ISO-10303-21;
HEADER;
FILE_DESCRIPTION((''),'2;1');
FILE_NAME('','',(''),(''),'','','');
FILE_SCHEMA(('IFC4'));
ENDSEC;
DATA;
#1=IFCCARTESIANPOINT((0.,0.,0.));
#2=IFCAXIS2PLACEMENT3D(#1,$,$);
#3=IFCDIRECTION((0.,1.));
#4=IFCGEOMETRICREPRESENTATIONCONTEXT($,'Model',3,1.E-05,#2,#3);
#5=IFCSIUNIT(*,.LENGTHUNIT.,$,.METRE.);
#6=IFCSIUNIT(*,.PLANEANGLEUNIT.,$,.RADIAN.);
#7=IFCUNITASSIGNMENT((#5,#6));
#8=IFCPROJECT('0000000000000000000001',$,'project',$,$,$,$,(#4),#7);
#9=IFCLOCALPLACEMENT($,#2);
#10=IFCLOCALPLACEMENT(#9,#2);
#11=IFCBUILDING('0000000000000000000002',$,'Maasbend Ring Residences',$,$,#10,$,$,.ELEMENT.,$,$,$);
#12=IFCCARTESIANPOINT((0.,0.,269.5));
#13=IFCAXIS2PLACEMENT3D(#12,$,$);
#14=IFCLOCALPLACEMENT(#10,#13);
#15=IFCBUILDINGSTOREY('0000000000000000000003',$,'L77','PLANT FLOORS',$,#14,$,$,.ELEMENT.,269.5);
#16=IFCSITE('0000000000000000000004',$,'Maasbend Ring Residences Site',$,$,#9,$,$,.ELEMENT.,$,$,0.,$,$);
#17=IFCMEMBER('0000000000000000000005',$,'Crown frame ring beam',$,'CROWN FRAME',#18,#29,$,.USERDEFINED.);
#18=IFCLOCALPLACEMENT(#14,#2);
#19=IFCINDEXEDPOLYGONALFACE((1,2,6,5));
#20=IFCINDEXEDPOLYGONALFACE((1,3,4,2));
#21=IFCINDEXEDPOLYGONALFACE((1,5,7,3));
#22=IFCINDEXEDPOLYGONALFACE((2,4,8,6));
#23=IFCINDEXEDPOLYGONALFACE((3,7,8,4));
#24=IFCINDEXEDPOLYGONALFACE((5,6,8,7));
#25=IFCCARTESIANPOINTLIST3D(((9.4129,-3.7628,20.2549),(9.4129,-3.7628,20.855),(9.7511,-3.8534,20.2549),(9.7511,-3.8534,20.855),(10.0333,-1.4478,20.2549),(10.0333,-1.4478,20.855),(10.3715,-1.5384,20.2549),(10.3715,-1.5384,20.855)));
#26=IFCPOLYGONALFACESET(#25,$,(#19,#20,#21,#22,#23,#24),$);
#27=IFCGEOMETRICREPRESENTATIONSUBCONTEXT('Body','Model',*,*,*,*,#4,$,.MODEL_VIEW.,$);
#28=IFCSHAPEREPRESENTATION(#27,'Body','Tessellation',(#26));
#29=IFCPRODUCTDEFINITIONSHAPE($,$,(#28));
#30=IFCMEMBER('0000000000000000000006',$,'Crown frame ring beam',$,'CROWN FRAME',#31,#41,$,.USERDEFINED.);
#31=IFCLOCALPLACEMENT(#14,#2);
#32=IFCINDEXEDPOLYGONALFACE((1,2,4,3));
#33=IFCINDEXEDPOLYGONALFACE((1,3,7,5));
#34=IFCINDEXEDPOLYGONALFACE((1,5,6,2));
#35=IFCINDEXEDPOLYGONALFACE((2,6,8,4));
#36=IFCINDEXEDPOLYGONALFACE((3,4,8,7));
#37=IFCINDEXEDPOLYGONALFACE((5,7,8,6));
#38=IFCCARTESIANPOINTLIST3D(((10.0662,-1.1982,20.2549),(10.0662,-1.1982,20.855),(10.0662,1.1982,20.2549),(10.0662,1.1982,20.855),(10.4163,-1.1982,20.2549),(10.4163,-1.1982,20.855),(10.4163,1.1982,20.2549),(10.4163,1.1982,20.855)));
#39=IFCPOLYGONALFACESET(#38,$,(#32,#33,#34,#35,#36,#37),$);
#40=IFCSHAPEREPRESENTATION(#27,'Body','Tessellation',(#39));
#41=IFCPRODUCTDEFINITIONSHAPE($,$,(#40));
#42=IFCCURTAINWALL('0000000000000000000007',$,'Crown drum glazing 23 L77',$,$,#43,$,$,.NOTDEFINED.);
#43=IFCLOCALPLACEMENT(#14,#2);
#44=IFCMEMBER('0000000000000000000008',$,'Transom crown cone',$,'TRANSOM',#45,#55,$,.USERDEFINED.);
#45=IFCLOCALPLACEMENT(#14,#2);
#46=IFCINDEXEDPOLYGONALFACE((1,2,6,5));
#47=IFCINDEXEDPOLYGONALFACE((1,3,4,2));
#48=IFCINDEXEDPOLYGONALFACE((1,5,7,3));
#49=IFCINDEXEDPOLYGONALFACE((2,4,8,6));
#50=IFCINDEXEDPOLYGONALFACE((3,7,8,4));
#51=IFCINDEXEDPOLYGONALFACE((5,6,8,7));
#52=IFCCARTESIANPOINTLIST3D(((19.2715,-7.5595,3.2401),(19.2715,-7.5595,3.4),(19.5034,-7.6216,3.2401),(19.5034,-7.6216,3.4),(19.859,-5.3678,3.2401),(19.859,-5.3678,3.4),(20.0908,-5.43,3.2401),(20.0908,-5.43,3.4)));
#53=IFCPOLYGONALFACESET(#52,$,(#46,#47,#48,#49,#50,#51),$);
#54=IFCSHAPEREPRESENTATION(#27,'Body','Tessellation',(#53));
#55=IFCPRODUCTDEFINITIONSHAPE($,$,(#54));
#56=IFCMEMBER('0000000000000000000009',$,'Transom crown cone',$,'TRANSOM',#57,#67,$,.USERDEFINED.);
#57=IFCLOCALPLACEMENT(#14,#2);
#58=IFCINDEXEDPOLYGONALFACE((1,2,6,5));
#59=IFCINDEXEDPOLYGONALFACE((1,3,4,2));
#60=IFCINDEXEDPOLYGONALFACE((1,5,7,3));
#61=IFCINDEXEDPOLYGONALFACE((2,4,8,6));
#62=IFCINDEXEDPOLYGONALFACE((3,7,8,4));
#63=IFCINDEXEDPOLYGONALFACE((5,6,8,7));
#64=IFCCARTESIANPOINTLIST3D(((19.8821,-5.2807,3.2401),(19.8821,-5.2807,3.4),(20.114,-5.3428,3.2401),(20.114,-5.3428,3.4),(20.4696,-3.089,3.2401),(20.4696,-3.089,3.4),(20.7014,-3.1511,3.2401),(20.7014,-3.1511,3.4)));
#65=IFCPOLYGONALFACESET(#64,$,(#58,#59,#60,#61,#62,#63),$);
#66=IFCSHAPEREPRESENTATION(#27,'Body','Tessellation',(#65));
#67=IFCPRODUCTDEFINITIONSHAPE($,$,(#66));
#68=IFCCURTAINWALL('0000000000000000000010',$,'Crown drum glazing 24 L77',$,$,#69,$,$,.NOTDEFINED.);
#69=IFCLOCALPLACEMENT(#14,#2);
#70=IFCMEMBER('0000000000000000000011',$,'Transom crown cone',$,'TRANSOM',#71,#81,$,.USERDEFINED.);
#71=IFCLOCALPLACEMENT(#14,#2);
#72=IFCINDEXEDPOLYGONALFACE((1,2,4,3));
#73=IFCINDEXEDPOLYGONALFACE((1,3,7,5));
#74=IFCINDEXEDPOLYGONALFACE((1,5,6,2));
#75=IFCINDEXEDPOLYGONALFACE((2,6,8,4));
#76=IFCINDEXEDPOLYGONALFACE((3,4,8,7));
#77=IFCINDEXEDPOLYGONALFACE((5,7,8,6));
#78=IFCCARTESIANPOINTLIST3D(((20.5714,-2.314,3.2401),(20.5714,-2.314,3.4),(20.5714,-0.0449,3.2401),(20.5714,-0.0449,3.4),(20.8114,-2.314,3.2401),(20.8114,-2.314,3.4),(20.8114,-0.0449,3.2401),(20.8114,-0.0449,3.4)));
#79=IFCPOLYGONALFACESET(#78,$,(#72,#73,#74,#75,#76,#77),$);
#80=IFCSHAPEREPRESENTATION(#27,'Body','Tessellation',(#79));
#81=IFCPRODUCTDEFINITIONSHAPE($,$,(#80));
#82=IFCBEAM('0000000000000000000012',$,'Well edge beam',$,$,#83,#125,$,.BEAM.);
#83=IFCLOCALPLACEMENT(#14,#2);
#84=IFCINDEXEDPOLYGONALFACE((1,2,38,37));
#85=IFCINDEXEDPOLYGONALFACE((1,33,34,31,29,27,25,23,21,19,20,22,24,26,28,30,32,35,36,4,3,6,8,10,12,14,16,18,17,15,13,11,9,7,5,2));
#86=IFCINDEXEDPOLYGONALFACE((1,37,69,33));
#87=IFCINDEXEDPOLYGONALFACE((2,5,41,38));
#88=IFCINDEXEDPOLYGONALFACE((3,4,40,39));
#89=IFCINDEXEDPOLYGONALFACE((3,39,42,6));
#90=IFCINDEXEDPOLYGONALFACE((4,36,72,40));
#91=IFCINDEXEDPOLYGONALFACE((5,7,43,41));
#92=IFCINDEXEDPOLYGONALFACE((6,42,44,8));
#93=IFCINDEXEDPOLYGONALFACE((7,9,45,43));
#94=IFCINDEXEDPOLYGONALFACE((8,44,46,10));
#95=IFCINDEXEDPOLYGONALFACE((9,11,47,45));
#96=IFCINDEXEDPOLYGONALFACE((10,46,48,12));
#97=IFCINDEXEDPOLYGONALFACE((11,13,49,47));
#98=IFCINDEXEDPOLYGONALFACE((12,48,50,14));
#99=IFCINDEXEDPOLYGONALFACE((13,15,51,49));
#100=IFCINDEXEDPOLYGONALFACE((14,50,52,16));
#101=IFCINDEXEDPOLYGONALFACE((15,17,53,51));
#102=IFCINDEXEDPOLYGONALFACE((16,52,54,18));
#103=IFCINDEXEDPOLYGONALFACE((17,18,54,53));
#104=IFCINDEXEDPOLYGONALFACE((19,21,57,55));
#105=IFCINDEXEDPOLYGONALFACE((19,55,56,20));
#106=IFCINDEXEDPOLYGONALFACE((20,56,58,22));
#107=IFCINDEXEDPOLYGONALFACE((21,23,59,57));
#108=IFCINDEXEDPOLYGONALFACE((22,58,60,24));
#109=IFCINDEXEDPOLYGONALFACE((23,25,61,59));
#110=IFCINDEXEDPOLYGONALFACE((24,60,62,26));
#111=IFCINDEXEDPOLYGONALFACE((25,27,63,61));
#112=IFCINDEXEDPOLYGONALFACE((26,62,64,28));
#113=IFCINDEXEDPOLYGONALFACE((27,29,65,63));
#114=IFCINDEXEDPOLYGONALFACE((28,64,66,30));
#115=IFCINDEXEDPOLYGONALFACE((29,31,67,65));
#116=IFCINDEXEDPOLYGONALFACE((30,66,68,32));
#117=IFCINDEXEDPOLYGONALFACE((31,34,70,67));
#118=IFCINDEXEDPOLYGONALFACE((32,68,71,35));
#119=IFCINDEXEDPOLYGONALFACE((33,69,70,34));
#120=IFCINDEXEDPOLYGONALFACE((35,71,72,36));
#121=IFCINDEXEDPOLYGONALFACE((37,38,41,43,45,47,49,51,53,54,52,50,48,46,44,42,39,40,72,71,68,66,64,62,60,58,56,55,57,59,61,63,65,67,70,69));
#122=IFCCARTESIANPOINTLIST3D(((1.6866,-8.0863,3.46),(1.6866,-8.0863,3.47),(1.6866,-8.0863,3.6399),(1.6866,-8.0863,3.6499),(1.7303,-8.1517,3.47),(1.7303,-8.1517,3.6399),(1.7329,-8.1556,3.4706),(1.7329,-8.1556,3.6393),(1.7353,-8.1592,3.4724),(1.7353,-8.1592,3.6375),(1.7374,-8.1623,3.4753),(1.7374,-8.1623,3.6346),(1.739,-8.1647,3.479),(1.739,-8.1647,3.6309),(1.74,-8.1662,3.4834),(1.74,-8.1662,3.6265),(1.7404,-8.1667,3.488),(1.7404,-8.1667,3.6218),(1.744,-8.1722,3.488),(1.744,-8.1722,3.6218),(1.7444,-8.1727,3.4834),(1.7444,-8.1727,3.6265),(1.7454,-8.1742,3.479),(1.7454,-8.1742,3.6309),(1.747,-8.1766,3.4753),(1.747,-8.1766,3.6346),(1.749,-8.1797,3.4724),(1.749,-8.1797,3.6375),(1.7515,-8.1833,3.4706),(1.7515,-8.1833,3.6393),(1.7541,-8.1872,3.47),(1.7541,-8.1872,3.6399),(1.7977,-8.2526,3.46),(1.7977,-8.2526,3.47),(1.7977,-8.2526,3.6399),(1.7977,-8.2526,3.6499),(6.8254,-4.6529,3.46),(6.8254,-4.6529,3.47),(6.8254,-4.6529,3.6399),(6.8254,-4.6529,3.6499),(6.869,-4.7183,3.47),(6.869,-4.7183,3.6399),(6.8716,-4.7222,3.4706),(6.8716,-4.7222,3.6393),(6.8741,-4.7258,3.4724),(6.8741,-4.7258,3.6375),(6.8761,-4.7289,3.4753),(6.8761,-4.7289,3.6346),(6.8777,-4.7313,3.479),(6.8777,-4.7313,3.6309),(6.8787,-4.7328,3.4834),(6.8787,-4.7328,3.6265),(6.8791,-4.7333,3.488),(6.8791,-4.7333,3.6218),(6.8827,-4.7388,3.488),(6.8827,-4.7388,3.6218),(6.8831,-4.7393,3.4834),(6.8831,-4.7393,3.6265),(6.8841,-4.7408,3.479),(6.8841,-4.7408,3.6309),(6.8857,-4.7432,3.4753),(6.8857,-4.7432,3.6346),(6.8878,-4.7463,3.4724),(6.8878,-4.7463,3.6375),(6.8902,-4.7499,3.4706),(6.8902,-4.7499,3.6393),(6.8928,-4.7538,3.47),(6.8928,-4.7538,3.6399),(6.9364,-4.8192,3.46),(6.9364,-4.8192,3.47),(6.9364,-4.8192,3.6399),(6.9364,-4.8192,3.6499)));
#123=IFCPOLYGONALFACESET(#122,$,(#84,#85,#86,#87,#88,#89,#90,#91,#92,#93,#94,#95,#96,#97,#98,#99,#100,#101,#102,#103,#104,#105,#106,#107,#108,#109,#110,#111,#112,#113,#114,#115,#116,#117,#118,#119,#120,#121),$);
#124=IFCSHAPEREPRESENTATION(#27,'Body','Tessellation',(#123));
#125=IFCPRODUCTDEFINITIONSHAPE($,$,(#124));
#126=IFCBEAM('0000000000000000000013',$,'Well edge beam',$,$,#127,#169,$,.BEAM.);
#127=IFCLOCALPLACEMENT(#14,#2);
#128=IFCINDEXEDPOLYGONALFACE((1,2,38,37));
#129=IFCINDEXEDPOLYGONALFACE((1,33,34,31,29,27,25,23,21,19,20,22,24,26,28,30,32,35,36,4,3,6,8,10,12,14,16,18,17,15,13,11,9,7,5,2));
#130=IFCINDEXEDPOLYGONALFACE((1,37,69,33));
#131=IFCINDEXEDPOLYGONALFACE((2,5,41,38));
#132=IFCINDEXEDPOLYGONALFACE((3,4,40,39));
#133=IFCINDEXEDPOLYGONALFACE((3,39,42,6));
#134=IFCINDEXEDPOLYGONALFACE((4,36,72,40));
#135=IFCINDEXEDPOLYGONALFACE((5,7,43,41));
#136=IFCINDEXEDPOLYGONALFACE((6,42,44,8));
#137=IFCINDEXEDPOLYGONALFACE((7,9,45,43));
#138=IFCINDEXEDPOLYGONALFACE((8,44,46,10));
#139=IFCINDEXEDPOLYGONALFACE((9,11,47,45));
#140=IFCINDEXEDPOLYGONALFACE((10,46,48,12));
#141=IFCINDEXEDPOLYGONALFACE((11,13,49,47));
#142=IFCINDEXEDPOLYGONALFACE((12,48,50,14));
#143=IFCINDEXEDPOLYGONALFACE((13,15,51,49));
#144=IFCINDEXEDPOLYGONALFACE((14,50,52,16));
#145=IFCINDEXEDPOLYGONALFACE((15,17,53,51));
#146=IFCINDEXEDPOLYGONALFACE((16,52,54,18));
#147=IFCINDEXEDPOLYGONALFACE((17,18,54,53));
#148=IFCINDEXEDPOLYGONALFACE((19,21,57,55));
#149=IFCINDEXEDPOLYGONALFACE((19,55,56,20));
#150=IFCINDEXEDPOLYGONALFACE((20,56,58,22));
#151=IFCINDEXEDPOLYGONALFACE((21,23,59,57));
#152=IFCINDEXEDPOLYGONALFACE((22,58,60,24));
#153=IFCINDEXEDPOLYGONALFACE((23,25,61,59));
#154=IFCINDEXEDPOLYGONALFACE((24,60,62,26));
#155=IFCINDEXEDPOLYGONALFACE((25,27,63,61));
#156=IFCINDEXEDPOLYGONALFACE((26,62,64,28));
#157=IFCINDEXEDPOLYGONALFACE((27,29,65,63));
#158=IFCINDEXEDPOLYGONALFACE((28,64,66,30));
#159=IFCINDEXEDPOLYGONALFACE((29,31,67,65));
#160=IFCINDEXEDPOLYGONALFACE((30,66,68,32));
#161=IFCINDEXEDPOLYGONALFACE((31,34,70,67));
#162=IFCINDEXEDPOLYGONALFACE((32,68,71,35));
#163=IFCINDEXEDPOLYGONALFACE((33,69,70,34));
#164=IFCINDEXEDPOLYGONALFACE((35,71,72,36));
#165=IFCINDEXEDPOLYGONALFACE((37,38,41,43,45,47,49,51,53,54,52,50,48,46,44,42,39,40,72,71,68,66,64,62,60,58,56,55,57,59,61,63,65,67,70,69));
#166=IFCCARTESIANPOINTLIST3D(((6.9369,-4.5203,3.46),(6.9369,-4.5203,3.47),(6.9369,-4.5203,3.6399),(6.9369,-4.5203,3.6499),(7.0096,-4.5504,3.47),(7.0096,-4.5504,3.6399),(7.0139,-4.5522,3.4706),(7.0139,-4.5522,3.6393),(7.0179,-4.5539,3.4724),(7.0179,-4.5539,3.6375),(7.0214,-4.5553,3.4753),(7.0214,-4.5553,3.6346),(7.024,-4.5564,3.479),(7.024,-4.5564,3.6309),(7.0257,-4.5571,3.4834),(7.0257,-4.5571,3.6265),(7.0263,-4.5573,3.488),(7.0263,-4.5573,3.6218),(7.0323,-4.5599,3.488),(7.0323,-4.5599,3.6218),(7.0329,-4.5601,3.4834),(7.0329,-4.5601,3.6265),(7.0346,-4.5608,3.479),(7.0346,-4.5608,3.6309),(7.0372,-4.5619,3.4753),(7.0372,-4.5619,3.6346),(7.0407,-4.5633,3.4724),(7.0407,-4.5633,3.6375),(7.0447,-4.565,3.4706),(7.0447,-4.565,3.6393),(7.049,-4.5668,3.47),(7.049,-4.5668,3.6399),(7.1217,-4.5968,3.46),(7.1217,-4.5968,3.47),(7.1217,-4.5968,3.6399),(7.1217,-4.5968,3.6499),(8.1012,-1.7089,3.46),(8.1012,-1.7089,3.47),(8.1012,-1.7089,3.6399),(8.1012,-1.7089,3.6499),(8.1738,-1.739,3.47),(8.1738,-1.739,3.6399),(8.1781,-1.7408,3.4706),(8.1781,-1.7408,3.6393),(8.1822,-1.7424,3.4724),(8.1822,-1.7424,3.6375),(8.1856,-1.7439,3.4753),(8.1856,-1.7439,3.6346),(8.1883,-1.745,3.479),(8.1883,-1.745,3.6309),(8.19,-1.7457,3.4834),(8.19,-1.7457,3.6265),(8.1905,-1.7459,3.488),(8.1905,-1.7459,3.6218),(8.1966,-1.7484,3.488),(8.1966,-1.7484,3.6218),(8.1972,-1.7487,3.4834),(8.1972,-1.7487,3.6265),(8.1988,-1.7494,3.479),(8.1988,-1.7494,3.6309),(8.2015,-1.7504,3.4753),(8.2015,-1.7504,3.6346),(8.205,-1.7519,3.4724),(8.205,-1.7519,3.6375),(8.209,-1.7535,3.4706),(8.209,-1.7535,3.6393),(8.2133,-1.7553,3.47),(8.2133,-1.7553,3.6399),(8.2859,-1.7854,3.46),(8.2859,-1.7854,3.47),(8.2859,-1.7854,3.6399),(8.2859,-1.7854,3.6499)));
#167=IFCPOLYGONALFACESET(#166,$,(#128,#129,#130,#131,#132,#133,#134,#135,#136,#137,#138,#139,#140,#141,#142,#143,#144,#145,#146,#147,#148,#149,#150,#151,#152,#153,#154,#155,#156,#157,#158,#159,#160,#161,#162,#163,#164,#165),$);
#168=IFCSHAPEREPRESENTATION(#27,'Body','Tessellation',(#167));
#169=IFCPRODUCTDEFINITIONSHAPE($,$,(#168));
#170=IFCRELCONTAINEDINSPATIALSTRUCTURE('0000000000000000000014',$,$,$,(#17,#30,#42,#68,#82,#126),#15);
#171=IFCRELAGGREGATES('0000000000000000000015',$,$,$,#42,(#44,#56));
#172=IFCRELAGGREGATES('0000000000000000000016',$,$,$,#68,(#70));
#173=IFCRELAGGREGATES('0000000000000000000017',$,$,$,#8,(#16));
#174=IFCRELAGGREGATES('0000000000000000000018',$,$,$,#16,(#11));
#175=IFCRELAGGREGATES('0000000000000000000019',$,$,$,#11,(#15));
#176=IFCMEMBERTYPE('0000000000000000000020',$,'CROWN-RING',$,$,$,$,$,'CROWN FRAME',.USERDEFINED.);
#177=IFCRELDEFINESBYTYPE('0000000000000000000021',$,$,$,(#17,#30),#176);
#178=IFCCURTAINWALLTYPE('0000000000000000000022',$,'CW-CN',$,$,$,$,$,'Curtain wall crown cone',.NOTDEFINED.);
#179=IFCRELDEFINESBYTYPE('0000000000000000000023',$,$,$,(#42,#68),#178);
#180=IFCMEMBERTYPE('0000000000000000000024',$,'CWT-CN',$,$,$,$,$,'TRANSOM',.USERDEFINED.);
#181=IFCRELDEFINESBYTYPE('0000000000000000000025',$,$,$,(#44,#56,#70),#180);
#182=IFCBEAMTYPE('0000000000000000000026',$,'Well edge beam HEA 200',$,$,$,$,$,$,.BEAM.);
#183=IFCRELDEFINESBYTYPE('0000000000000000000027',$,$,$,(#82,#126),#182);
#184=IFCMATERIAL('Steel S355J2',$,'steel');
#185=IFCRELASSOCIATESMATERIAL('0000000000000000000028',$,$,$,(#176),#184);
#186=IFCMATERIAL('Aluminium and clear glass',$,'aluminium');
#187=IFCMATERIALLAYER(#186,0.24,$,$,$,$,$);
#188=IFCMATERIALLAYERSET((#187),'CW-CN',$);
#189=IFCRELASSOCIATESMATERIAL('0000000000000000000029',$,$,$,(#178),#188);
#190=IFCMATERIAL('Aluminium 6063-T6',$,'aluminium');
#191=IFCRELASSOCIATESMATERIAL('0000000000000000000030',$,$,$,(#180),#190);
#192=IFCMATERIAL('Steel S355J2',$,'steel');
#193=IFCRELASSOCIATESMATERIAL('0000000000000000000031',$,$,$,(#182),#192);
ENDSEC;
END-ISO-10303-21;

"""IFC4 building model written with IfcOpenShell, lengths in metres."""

from ifc_helpers import new_model, si_unit, direction, frame, origin, origin_2d, place, context, subcontext, project, spatial, rectangle, i_section, extrude, material, layer, layer_set, material_profile, profile_set, type_object, element, aggregate, save


model = new_model("IFC4")

# Units and contexts
model_context = context("Model", 3, precision=1e-05, world=origin(), true_north=direction((0.0, 1.0)))
body_context = subcontext(model_context, "Body", "Model", "MODEL_VIEW")
ifc_project = project(units=[si_unit("LENGTHUNIT", "METRE"), si_unit("PLANEANGLEUNIT", "RADIAN")], contexts=[model_context])

# Site, building, storey
site_placement = place(None, origin())
site = spatial("IfcSite", under=ifc_project, at=site_placement, Name="Maasbend Ring Residences Site", CompositionType="ELEMENT", RefElevation=0.0)
building_placement = place(site_placement, origin())
building = spatial("IfcBuilding", under=site, at=building_placement, Name="Maasbend Ring Residences", CompositionType="ELEMENT")
storey_placement = place(building_placement, frame((0.0, 0.0, 269.5)))
storey = spatial("IfcBuildingStorey", under=building, at=storey_placement, Name="L77", Description="PLANT FLOORS", CompositionType="ELEMENT", Elevation=269.5)

# Members
ifc_material_1 = material(Name="Steel S355J2", Category="steel")
ifc_material_profile_1 = material_profile(ifc_material_1, rectangle(XDim=0.3501, YDim=0.6001, at=origin_2d()), Name="Box 350x600x16")
ifc_profile_set_1 = profile_set([ifc_material_profile_1], Name="Steel S355J2")
member_type_1 = type_object("IfcMemberType", Name="CROWN-RING", ElementType="CROWN FRAME", PredefinedType="USERDEFINED", material=ifc_profile_set_1)
for number, where, z_axis, x_axis, name in (
    (1, (9.582, -3.8081, 20.5549), (0.258848, 0.965918, 0.0), (-0.965918, 0.258848, 0.0), "Crown frame ring beam"),
):
    element("IfcMember", number, at=place(storey_placement, frame(where, z_axis=z_axis, x_axis=x_axis)), inside=storey, type_object=member_type_1, Name=name, ObjectType="CROWN FRAME", PredefinedType="USERDEFINED", context=body_context, shape_type="SweptSolid", body=[
        extrude(rectangle(XDim=0.3501, YDim=0.6001, at=origin_2d()), origin(), (0.0, 0.0, 1.0), 2.3967),
    ])
member_1_placement = place(storey_placement, frame((10.2412, -1.1982, 20.5549), z_axis=(0.0, 1.0, 0.0), x_axis=(-1.0, 0.0, 0.0)))
element("IfcMember", 2, at=member_1_placement, inside=storey, type_object=member_type_1, Name="Crown frame ring beam", ObjectType="CROWN FRAME", PredefinedType="USERDEFINED", context=body_context, shape_type="SweptSolid", body=[
    extrude(rectangle(XDim=0.3501, YDim=0.6001, at=origin_2d()), origin(), (0.0, 0.0, 1.0), 2.3965),
])

# Curtain wall, members
ifc_material_2 = material(Name="Aluminium and clear glass", Category="aluminium")
ifc_layer_1 = layer(ifc_material_2, 0.24)
ifc_layer_set_1 = layer_set([ifc_layer_1], Name="CW-CN")
curtain_wall_type = type_object("IfcCurtainWallType", Name="CW-CN", ElementType="Curtain wall crown cone", PredefinedType="NOTDEFINED", material=ifc_layer_set_1)
curtain_wall_1_placement = place(storey_placement, origin())
curtain_wall_1 = element("IfcCurtainWall", 3, at=curtain_wall_1_placement, inside=storey, type_object=curtain_wall_type, Name="Crown drum glazing 23 L77", PredefinedType="NOTDEFINED")
ifc_material_3 = material(Name="Aluminium 6063-T6", Category="aluminium")
ifc_material_profile_2 = material_profile(ifc_material_3, rectangle(XDim=0.24, YDim=0.1599, at=origin_2d()), Name="AL 240x160")
ifc_profile_set_2 = profile_set([ifc_material_profile_2], Name="Aluminium 6063-T6")
member_type_2 = type_object("IfcMemberType", Name="CWT-CN", ElementType="TRANSOM", PredefinedType="USERDEFINED", material=ifc_profile_set_2)
member_2_placement = place(storey_placement, frame((19.3875, -7.5906, 3.3201), z_axis=(0.258881, 0.965909, 0.0), x_axis=(-0.965909, 0.258881, 0.0)))
member_2 = element("IfcMember", 4, at=member_2_placement, type_object=member_type_2, Name="Transom crown cone", ObjectType="TRANSOM", PredefinedType="USERDEFINED", context=body_context, shape_type="SweptSolid", body=[
    extrude(rectangle(XDim=0.24, YDim=0.1599, at=origin_2d()), origin(), (0.0, 0.0, 1.0), 2.269),
])
member_3_placement = place(storey_placement, frame((19.998, -5.3118, 3.3201), z_axis=(0.258881, 0.965909, 0.0), x_axis=(-0.965909, 0.258881, 0.0)))
member_3 = element("IfcMember", 5, at=member_3_placement, type_object=member_type_2, Name="Transom crown cone", ObjectType="TRANSOM", PredefinedType="USERDEFINED", context=body_context, shape_type="SweptSolid", body=[
    extrude(rectangle(XDim=0.24, YDim=0.1599, at=origin_2d()), origin(), (0.0, 0.0, 1.0), 2.269),
])
aggregate(curtain_wall_1, [member_2, member_3])

# Curtain wall, member
curtain_wall_2_placement = place(storey_placement, origin())
curtain_wall_2 = element("IfcCurtainWall", 6, at=curtain_wall_2_placement, inside=storey, type_object=curtain_wall_type, Name="Crown drum glazing 24 L77", PredefinedType="NOTDEFINED")
member_4_placement = place(storey_placement, frame((20.6914, -2.314, 3.3201), z_axis=(0.0, 1.0, 0.0), x_axis=(-1.0, 0.0, 0.0)))
member_4 = element("IfcMember", 7, at=member_4_placement, type_object=member_type_2, Name="Transom crown cone", ObjectType="TRANSOM", PredefinedType="USERDEFINED", context=body_context, shape_type="SweptSolid", body=[
    extrude(rectangle(XDim=0.24, YDim=0.1599, at=origin_2d()), origin(), (0.0, 0.0, 1.0), 2.269),
])
aggregate(curtain_wall_2, [member_4])

# Beams
ifc_material_4 = material(Name="Steel S355J2", Category="steel")
ifc_material_profile_3 = material_profile(ifc_material_4, i_section(OverallWidth=0.2, OverallDepth=0.1899, WebThickness=0.0066, FlangeThickness=0.01, FilletRadius=0.0181, at=origin_2d()), Name="HEA 200")
ifc_profile_set_3 = profile_set([ifc_material_profile_3], Name="Steel S355J2")
beam_type = type_object("IfcBeamType", Name="Well edge beam HEA 200", PredefinedType="BEAM", material=ifc_profile_set_3)
beam_placement = place(storey_placement, frame((1.7422, -8.1694, 3.5549), z_axis=(0.831485, 0.555548, 0.0), x_axis=(-0.555548, 0.831485, 0.0)))
element("IfcBeam", 8, at=beam_placement, inside=storey, type_object=beam_type, Name="Well edge beam", PredefinedType="BEAM", context=body_context, shape_type="SweptSolid", body=[
    extrude(i_section(OverallWidth=0.2, OverallDepth=0.1899, WebThickness=0.0066, FlangeThickness=0.01, FilletRadius=0.0181, at=origin_2d()), origin(), (0.0, 0.0, 1.0), 6.1802),
])
for number, where, z_axis, x_axis, name in (
    (9, (7.0293, -4.5586, 3.5549), (0.382609, 0.92391, 0.0), (-0.92391, 0.382609, 0.0), "Well edge beam"),
):
    element("IfcBeam", number, at=place(storey_placement, frame(where, z_axis=z_axis, x_axis=x_axis)), inside=storey, type_object=beam_type, Name=name, PredefinedType="BEAM", context=body_context, shape_type="SweptSolid", body=[
        extrude(i_section(OverallWidth=0.2, OverallDepth=0.1899, WebThickness=0.0066, FlangeThickness=0.01, FilletRadius=0.0181, at=origin_2d()), origin(), (0.0, 0.0, 1.0), 3.043),
    ])

save(model, "model.ifc")
